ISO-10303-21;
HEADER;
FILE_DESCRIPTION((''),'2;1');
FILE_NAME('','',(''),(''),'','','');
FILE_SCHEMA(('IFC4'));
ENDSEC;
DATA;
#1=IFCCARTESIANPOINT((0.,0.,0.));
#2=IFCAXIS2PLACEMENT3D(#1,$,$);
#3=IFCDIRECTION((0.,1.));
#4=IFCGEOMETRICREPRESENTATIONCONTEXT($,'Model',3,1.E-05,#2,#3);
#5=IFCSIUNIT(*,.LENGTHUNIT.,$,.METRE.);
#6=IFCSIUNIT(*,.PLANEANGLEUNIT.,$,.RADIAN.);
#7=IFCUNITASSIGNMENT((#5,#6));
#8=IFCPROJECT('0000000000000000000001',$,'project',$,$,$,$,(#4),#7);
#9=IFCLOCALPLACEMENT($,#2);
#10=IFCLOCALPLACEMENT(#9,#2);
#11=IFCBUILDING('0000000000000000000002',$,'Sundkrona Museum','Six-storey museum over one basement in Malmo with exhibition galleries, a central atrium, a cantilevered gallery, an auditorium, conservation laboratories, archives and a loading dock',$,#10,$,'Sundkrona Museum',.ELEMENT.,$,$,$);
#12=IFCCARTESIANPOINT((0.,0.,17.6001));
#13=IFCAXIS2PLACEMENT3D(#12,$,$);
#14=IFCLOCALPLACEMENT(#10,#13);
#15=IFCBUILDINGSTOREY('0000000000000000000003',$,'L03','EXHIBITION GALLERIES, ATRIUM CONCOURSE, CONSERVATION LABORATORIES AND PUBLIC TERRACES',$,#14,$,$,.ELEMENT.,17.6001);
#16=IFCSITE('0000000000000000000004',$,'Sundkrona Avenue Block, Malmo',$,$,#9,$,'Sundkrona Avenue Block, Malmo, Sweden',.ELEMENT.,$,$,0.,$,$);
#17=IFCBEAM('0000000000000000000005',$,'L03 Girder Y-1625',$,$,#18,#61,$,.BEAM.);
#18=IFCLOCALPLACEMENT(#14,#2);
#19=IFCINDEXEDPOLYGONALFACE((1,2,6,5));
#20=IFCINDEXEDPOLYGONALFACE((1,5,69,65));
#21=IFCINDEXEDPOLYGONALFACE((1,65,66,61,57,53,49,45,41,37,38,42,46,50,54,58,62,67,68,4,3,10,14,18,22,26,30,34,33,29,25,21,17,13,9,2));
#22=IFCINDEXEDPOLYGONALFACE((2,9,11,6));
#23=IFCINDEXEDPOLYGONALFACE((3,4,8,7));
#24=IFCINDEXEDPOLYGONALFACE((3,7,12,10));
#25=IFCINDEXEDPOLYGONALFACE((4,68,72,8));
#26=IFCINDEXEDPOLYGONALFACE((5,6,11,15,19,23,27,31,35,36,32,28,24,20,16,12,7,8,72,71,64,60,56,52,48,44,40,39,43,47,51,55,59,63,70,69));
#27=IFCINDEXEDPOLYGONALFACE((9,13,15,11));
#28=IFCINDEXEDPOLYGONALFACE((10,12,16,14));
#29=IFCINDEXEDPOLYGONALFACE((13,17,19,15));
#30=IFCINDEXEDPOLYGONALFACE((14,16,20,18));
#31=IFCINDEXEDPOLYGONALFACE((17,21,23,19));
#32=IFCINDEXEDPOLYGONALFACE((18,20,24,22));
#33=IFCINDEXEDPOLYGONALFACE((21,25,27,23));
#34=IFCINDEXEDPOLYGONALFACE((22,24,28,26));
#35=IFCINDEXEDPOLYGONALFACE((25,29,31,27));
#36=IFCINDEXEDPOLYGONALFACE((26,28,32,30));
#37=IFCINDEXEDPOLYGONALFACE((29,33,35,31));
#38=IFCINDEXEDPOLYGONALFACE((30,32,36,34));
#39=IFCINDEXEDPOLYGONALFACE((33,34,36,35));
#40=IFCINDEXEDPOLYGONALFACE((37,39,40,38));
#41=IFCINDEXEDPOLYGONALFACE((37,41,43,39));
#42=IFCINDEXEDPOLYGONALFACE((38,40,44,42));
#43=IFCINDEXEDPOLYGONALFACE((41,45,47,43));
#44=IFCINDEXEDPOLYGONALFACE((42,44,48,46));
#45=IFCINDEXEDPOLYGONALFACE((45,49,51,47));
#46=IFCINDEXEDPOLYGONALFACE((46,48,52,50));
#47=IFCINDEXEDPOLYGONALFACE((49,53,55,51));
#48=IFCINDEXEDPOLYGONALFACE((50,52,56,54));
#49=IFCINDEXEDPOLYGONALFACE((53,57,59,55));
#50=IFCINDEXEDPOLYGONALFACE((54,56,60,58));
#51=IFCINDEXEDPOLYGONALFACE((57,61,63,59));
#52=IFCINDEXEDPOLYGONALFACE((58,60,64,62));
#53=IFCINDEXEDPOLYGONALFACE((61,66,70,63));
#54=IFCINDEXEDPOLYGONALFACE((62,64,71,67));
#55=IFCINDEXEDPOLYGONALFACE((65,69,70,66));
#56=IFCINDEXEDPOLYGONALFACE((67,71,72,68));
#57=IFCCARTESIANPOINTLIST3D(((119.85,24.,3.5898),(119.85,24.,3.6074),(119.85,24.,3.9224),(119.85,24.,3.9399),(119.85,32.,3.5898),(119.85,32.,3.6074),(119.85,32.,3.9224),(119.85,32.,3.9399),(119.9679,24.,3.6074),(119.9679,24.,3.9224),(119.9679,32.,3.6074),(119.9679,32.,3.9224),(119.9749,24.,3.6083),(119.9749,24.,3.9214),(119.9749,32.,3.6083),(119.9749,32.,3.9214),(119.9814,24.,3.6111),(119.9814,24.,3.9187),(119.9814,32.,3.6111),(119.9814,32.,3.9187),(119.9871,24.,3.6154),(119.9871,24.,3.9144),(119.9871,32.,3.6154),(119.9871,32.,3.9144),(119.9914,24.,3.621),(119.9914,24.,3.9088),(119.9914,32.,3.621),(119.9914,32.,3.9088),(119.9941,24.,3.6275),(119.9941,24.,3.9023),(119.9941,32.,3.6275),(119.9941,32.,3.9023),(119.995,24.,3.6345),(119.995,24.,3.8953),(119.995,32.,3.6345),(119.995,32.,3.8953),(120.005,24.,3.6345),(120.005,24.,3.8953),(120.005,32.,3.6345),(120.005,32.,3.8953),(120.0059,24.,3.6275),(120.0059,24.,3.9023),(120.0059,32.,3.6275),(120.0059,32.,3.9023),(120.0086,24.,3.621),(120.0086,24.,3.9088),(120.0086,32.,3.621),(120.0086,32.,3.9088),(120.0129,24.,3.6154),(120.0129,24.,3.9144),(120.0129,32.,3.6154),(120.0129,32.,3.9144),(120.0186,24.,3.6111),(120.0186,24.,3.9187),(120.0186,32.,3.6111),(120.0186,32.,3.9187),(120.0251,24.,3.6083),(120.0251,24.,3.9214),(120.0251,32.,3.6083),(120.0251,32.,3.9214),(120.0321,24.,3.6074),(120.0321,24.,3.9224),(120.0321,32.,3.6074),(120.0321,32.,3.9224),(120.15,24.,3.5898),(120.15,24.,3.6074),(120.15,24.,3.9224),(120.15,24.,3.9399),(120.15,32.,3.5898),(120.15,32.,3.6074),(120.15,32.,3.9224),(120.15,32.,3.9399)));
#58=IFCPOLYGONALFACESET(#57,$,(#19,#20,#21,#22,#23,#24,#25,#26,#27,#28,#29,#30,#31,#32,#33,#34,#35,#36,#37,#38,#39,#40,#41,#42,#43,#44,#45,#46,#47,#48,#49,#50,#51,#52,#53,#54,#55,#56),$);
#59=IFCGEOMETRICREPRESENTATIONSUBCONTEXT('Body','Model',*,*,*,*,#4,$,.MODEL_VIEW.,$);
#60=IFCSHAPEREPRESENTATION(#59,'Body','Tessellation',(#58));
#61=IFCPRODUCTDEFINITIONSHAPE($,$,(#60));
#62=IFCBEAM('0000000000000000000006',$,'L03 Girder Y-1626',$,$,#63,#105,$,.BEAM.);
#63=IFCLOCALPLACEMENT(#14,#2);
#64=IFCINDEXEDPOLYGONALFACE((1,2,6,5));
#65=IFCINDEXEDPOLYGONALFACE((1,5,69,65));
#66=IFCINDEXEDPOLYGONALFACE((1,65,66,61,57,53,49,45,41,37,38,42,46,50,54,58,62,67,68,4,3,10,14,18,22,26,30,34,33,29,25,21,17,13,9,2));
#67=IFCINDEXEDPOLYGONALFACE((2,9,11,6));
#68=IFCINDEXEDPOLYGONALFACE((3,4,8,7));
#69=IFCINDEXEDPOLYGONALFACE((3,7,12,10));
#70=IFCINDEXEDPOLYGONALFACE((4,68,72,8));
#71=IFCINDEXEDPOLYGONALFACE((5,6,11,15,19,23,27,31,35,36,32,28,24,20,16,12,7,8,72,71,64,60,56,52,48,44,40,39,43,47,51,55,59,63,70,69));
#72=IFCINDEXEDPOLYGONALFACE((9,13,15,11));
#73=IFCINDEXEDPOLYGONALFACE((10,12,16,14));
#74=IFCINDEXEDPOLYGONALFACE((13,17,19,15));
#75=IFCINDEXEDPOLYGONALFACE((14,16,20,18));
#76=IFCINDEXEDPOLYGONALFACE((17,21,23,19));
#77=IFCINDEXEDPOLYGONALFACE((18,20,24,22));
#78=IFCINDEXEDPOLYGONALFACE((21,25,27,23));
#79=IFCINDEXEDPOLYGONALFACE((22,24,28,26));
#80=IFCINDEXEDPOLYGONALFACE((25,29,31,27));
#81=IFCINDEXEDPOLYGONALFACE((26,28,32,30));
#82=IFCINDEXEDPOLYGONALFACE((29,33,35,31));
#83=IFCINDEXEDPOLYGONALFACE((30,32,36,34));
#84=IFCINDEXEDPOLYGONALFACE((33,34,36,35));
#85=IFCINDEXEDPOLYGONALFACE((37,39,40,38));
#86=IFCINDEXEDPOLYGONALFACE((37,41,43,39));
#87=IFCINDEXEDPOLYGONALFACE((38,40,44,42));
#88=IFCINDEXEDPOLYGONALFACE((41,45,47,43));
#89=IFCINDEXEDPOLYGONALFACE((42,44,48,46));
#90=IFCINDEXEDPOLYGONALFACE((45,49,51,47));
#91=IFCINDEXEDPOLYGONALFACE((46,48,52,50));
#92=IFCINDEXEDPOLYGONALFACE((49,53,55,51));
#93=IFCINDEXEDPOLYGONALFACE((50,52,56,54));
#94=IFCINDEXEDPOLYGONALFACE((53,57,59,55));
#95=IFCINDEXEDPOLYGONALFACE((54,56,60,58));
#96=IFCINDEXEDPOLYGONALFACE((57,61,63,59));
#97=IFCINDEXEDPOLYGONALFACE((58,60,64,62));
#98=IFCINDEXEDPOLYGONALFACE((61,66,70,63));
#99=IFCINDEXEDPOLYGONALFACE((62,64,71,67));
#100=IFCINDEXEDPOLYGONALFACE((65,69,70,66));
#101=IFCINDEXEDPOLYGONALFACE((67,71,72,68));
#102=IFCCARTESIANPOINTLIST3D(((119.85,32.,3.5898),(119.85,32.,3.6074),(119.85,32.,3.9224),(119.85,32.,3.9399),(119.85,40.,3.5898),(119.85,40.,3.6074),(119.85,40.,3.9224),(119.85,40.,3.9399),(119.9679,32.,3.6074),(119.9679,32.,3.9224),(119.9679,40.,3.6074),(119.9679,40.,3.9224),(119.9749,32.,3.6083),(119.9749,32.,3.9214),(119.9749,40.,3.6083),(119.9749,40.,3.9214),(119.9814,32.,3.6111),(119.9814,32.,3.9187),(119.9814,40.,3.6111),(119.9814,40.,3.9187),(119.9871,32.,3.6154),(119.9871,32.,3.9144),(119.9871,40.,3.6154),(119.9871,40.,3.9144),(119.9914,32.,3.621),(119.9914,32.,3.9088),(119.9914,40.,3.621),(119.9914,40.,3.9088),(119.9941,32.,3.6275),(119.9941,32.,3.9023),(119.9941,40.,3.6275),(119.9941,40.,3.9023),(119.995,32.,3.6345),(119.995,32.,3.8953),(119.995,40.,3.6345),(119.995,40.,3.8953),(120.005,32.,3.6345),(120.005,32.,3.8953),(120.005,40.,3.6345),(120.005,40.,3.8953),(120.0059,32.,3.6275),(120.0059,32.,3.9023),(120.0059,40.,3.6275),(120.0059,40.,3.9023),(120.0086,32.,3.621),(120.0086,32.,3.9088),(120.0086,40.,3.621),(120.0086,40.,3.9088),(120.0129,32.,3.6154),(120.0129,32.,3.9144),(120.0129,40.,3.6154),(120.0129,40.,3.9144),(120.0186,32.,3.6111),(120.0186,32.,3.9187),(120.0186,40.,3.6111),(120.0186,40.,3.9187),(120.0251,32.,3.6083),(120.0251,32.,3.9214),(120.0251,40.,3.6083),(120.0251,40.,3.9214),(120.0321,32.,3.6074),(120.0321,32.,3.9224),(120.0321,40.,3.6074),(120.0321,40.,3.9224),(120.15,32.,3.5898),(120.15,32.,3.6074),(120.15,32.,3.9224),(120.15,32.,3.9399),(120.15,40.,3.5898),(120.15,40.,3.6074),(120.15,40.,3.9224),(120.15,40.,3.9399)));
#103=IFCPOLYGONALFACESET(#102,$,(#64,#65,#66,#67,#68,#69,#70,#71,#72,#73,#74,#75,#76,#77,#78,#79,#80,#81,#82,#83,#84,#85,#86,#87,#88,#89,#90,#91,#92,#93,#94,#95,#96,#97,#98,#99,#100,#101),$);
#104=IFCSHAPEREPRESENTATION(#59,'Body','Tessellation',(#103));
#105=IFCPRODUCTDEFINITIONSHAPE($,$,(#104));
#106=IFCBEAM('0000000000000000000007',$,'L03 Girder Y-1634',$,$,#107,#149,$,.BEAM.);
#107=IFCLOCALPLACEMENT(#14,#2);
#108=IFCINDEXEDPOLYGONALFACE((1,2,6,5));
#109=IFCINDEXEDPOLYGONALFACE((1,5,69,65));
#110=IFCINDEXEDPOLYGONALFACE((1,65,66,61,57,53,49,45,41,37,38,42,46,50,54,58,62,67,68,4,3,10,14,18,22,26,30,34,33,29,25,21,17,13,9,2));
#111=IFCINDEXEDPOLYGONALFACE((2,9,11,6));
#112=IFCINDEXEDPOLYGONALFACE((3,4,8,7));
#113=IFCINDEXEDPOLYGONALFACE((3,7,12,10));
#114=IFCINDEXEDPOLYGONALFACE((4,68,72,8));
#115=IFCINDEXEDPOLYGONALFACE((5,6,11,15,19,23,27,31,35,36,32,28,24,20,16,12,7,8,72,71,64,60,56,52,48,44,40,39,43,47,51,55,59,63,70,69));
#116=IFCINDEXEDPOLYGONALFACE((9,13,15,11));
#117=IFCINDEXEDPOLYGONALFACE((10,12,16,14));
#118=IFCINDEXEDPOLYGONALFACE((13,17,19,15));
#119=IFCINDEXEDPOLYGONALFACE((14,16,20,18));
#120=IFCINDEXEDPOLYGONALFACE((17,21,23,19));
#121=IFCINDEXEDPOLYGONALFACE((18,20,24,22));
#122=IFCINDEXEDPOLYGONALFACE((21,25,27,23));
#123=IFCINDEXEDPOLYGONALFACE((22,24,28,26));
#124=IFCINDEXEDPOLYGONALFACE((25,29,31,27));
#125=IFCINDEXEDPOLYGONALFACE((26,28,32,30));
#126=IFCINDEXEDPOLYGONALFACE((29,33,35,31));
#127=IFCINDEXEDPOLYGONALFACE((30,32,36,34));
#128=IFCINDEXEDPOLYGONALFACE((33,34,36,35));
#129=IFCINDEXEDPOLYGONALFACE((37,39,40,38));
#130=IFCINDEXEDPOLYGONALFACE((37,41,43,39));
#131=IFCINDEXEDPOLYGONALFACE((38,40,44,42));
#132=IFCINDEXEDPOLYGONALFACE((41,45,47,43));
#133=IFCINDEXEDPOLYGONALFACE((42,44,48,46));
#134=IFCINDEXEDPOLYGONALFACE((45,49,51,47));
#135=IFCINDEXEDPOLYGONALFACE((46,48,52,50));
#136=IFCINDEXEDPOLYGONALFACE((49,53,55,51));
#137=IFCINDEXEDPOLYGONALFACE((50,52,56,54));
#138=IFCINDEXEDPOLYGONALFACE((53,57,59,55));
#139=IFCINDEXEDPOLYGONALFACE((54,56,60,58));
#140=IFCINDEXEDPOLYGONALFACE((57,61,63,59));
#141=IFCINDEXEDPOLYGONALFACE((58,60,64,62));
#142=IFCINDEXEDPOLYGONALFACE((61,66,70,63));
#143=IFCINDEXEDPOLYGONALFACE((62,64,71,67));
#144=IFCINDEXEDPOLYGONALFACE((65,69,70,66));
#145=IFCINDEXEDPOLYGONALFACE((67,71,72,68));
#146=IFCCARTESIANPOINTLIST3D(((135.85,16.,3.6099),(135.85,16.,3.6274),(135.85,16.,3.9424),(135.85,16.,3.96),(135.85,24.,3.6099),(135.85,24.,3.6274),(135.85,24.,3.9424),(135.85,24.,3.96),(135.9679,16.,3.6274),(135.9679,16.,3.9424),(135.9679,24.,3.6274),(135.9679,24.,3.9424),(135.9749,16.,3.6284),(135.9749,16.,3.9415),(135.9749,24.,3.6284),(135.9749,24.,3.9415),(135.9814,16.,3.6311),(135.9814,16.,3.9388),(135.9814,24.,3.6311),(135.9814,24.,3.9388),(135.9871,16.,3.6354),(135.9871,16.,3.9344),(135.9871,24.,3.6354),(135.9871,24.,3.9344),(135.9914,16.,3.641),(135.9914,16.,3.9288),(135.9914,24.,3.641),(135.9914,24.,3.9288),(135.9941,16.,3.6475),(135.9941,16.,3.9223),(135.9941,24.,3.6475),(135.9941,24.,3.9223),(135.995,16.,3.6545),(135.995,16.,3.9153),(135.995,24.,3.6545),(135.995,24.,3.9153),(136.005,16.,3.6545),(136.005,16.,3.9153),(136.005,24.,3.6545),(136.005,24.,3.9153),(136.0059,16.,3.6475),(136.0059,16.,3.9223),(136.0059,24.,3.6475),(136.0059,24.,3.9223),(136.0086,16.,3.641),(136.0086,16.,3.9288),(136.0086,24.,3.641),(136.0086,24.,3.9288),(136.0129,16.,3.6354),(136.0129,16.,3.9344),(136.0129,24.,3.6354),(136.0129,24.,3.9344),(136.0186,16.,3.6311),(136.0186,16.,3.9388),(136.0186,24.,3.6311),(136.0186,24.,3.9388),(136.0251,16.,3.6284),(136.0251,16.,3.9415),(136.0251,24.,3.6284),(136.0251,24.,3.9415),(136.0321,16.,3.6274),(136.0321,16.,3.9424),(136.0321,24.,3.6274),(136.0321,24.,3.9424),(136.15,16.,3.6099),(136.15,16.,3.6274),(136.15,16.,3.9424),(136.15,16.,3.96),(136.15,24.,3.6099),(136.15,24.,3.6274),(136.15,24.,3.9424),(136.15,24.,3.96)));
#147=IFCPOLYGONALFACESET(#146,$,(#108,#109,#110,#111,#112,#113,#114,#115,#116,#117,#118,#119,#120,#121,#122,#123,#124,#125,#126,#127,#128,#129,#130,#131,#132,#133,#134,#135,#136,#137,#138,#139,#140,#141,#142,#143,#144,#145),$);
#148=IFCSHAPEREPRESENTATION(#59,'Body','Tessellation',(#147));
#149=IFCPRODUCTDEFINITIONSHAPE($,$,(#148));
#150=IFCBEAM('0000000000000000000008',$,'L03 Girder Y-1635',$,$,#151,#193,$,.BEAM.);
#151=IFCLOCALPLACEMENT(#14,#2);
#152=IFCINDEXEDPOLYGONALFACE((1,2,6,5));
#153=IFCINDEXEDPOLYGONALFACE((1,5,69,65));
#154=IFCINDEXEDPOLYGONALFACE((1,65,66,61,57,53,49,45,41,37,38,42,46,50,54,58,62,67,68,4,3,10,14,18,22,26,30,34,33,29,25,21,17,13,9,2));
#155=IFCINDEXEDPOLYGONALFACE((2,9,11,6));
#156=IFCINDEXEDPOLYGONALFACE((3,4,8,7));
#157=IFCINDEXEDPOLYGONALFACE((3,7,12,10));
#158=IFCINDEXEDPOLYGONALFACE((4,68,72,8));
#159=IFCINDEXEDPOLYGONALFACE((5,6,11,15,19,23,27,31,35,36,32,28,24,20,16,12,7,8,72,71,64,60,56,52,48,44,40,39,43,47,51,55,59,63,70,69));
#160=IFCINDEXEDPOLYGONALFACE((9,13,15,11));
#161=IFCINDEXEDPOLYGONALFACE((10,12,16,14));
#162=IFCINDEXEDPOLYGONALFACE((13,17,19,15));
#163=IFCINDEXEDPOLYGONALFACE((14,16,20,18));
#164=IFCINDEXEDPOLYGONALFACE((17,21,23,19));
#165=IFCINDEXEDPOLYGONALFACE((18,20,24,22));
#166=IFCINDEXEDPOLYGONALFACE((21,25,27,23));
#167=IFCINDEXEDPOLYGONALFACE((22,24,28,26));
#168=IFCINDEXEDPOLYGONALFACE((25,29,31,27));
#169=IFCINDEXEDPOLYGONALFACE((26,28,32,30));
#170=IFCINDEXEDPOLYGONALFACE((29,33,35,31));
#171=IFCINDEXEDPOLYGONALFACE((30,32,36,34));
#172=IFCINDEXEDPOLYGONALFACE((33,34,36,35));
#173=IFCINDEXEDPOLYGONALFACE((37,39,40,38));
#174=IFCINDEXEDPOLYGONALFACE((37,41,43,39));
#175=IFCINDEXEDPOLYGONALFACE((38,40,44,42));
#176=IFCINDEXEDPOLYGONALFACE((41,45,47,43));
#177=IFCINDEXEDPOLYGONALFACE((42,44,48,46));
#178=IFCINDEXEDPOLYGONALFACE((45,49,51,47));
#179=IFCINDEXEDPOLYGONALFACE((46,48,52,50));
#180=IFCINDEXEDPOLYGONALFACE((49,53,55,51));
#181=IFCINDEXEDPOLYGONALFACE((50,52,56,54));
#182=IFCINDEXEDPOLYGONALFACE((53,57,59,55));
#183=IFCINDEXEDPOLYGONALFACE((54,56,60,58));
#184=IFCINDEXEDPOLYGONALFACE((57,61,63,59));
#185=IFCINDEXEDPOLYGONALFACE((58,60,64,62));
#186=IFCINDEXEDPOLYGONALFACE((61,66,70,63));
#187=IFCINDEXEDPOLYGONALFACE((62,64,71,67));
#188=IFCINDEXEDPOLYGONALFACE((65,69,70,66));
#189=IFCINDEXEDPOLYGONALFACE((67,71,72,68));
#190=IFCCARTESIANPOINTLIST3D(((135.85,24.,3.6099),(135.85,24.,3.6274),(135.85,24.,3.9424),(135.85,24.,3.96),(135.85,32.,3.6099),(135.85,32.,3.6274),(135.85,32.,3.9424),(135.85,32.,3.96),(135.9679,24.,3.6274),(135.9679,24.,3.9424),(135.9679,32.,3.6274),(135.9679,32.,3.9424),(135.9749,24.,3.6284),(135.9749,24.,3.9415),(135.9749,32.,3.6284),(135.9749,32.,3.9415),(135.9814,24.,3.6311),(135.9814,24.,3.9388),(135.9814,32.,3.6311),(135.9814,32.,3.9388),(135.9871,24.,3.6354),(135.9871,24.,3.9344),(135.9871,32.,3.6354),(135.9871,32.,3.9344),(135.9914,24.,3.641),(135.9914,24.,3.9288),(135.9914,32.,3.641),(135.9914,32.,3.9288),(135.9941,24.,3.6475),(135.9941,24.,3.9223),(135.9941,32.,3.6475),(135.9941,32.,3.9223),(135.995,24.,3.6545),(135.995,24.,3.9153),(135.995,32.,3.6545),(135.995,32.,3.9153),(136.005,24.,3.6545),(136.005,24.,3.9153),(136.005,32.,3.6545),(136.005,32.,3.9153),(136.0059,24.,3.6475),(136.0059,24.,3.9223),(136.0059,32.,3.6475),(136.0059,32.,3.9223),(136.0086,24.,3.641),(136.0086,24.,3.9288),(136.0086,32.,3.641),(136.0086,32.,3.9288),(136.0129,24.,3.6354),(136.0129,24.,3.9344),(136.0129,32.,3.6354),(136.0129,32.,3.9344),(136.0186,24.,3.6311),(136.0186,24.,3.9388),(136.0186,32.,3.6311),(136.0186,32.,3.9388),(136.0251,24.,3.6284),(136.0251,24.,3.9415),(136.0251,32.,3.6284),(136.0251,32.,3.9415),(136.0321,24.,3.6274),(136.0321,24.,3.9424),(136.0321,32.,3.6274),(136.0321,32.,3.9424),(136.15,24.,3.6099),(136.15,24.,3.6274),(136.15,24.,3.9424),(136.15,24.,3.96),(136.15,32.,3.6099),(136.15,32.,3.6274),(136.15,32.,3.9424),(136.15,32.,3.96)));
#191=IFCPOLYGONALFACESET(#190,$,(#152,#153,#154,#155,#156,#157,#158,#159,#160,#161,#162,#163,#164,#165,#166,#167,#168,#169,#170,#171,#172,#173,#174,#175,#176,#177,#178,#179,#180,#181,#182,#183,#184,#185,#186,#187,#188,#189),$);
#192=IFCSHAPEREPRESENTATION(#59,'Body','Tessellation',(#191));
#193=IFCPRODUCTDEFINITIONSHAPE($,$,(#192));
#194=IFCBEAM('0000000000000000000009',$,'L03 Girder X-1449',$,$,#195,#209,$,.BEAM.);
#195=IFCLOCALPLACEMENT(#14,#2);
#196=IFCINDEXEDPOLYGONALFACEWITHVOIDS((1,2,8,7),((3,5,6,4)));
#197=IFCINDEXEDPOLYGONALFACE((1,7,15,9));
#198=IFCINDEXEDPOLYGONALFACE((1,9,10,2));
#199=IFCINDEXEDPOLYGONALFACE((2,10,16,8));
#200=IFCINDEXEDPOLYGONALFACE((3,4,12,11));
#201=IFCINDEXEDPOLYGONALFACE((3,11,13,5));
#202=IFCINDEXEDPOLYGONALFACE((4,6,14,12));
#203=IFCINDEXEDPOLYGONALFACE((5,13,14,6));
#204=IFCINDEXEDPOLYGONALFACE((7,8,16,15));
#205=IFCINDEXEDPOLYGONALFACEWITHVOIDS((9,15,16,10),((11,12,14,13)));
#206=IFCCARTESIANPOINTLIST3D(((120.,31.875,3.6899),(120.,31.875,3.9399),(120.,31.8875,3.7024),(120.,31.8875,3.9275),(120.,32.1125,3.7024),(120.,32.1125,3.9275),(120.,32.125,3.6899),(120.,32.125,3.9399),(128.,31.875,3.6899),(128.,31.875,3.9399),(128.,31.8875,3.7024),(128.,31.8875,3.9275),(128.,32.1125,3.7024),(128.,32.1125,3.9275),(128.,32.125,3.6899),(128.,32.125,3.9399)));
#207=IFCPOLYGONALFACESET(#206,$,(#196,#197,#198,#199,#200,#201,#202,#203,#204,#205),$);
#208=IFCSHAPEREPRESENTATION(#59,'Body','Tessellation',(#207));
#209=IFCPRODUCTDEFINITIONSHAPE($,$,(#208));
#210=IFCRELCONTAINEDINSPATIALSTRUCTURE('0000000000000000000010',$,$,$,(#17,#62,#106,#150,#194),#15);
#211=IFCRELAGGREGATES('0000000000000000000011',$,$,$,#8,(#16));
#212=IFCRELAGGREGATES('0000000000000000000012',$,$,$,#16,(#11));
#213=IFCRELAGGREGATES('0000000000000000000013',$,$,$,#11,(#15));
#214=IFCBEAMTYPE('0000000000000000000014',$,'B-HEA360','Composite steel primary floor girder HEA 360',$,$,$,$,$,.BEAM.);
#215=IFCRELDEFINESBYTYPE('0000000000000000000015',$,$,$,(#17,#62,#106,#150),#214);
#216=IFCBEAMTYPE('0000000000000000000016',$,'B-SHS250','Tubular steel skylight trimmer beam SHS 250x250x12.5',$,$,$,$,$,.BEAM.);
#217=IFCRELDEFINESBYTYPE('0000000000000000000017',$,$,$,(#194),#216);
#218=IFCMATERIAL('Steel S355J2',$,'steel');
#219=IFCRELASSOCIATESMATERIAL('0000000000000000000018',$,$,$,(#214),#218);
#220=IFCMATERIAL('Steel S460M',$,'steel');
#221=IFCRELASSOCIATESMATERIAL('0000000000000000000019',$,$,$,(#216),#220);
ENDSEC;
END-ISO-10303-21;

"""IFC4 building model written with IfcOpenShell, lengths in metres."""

from ifc_helpers import new_model, si_unit, direction, frame, origin, origin_2d, place, context, subcontext, project, spatial, hollow_rectangle, i_section, extrude, material, material_profile, profile_set, type_object, element, save


model = new_model("IFC4")

# Units and contexts
model_context = context("Model", 3, precision=1e-05, world=origin(), true_north=direction((0.0, 1.0)))
body_context = subcontext(model_context, "Body", "Model", "MODEL_VIEW")
ifc_project = project(units=[si_unit("LENGTHUNIT", "METRE"), si_unit("PLANEANGLEUNIT", "RADIAN")], contexts=[model_context])

# Site, building, storey
site_placement = place(None, origin())
site = spatial("IfcSite", under=ifc_project, at=site_placement, Name="Sundkrona Avenue Block, Malmo", LongName="Sundkrona Avenue Block, Malmo, Sweden", CompositionType="ELEMENT", RefElevation=0.0)
building_placement = place(site_placement, origin())
building = spatial("IfcBuilding", under=site, at=building_placement, Name="Sundkrona Museum", Description="Six-storey museum over one basement in Malmo with exhibition galleries, a central atrium, a cantilevered gallery, an auditorium, conservation laboratories, archives and a loading dock", LongName="Sundkrona Museum", CompositionType="ELEMENT")
storey_placement = place(building_placement, frame((0.0, 0.0, 17.6001)))
storey = spatial("IfcBuildingStorey", under=building, at=storey_placement, Name="L03", Description="EXHIBITION GALLERIES, ATRIUM CONCOURSE, CONSERVATION LABORATORIES AND PUBLIC TERRACES", CompositionType="ELEMENT", Elevation=17.6001)

# Shared definitions
ifc_material_1 = material(Name="Steel S355J2", Category="steel")

# Beams
ifc_material_profile_1 = material_profile(ifc_material_1, i_section(OverallWidth=0.3, OverallDepth=0.3501, WebThickness=0.01, FlangeThickness=0.0176, FilletRadius=0.0271, at=origin_2d()), Name="HEA 360")
ifc_profile_set_1 = profile_set([ifc_material_profile_1], Name="Steel S355J2")
beam_type_1 = type_object("IfcBeamType", Name="B-HEA360", Description="Composite steel primary floor girder HEA 360", PredefinedType="BEAM", material=ifc_profile_set_1)
for number, where, z_axis, x_axis, name in (
    (1, (120.0, 24.0, 3.7649), (0.0, 1.0, 0.0), (-1.0, 0.0, 0.0), "L03 Girder Y-1625"),
    (2, (120.0, 32.0, 3.7649), (0.0, 1.0, 0.0), (-1.0, 0.0, 0.0), "L03 Girder Y-1626"),
    (3, (136.0, 16.0, 3.7849), (0.0, 1.0, 0.0), (-1.0, 0.0, 0.0), "L03 Girder Y-1634"),
    (4, (136.0, 24.0, 3.7849), (0.0, 1.0, 0.0), (-1.0, 0.0, 0.0), "L03 Girder Y-1635"),
):
    element("IfcBeam", number, at=place(storey_placement, frame(where, z_axis=z_axis, x_axis=x_axis)), inside=storey, type_object=beam_type_1, Name=name, PredefinedType="BEAM", context=body_context, shape_type="SweptSolid", body=[
        extrude(i_section(OverallWidth=0.3, OverallDepth=0.3501, WebThickness=0.01, FlangeThickness=0.0176, FilletRadius=0.0271, at=origin_2d()), origin(), (0.0, 0.0, 1.0), 8.0),
    ])
ifc_material_2 = material(Name="Steel S460M", Category="steel")
ifc_material_profile_2 = material_profile(ifc_material_2, hollow_rectangle(XDim=0.25, YDim=0.25, WallThickness=0.0125, at=origin_2d()), Name="SHS 250x250x12.5")
ifc_profile_set_2 = profile_set([ifc_material_profile_2], Name="Steel S460M")
beam_type_2 = type_object("IfcBeamType", Name="B-SHS250", Description="Tubular steel skylight trimmer beam SHS 250x250x12.5", PredefinedType="BEAM", material=ifc_profile_set_2)
beam_placement = place(storey_placement, frame((120.0, 32.0, 3.8149), z_axis=(1.0, 0.0, 0.0), x_axis=(0.0, 1.0, 0.0)))
element("IfcBeam", 5, at=beam_placement, inside=storey, type_object=beam_type_2, Name="L03 Girder X-1449", PredefinedType="BEAM", context=body_context, shape_type="SweptSolid", body=[
    extrude(hollow_rectangle(XDim=0.25, YDim=0.25, WallThickness=0.0125, at=origin_2d()), origin(), (0.0, 0.0, 1.0), 8.0),
])

save(model, "model.ifc")
